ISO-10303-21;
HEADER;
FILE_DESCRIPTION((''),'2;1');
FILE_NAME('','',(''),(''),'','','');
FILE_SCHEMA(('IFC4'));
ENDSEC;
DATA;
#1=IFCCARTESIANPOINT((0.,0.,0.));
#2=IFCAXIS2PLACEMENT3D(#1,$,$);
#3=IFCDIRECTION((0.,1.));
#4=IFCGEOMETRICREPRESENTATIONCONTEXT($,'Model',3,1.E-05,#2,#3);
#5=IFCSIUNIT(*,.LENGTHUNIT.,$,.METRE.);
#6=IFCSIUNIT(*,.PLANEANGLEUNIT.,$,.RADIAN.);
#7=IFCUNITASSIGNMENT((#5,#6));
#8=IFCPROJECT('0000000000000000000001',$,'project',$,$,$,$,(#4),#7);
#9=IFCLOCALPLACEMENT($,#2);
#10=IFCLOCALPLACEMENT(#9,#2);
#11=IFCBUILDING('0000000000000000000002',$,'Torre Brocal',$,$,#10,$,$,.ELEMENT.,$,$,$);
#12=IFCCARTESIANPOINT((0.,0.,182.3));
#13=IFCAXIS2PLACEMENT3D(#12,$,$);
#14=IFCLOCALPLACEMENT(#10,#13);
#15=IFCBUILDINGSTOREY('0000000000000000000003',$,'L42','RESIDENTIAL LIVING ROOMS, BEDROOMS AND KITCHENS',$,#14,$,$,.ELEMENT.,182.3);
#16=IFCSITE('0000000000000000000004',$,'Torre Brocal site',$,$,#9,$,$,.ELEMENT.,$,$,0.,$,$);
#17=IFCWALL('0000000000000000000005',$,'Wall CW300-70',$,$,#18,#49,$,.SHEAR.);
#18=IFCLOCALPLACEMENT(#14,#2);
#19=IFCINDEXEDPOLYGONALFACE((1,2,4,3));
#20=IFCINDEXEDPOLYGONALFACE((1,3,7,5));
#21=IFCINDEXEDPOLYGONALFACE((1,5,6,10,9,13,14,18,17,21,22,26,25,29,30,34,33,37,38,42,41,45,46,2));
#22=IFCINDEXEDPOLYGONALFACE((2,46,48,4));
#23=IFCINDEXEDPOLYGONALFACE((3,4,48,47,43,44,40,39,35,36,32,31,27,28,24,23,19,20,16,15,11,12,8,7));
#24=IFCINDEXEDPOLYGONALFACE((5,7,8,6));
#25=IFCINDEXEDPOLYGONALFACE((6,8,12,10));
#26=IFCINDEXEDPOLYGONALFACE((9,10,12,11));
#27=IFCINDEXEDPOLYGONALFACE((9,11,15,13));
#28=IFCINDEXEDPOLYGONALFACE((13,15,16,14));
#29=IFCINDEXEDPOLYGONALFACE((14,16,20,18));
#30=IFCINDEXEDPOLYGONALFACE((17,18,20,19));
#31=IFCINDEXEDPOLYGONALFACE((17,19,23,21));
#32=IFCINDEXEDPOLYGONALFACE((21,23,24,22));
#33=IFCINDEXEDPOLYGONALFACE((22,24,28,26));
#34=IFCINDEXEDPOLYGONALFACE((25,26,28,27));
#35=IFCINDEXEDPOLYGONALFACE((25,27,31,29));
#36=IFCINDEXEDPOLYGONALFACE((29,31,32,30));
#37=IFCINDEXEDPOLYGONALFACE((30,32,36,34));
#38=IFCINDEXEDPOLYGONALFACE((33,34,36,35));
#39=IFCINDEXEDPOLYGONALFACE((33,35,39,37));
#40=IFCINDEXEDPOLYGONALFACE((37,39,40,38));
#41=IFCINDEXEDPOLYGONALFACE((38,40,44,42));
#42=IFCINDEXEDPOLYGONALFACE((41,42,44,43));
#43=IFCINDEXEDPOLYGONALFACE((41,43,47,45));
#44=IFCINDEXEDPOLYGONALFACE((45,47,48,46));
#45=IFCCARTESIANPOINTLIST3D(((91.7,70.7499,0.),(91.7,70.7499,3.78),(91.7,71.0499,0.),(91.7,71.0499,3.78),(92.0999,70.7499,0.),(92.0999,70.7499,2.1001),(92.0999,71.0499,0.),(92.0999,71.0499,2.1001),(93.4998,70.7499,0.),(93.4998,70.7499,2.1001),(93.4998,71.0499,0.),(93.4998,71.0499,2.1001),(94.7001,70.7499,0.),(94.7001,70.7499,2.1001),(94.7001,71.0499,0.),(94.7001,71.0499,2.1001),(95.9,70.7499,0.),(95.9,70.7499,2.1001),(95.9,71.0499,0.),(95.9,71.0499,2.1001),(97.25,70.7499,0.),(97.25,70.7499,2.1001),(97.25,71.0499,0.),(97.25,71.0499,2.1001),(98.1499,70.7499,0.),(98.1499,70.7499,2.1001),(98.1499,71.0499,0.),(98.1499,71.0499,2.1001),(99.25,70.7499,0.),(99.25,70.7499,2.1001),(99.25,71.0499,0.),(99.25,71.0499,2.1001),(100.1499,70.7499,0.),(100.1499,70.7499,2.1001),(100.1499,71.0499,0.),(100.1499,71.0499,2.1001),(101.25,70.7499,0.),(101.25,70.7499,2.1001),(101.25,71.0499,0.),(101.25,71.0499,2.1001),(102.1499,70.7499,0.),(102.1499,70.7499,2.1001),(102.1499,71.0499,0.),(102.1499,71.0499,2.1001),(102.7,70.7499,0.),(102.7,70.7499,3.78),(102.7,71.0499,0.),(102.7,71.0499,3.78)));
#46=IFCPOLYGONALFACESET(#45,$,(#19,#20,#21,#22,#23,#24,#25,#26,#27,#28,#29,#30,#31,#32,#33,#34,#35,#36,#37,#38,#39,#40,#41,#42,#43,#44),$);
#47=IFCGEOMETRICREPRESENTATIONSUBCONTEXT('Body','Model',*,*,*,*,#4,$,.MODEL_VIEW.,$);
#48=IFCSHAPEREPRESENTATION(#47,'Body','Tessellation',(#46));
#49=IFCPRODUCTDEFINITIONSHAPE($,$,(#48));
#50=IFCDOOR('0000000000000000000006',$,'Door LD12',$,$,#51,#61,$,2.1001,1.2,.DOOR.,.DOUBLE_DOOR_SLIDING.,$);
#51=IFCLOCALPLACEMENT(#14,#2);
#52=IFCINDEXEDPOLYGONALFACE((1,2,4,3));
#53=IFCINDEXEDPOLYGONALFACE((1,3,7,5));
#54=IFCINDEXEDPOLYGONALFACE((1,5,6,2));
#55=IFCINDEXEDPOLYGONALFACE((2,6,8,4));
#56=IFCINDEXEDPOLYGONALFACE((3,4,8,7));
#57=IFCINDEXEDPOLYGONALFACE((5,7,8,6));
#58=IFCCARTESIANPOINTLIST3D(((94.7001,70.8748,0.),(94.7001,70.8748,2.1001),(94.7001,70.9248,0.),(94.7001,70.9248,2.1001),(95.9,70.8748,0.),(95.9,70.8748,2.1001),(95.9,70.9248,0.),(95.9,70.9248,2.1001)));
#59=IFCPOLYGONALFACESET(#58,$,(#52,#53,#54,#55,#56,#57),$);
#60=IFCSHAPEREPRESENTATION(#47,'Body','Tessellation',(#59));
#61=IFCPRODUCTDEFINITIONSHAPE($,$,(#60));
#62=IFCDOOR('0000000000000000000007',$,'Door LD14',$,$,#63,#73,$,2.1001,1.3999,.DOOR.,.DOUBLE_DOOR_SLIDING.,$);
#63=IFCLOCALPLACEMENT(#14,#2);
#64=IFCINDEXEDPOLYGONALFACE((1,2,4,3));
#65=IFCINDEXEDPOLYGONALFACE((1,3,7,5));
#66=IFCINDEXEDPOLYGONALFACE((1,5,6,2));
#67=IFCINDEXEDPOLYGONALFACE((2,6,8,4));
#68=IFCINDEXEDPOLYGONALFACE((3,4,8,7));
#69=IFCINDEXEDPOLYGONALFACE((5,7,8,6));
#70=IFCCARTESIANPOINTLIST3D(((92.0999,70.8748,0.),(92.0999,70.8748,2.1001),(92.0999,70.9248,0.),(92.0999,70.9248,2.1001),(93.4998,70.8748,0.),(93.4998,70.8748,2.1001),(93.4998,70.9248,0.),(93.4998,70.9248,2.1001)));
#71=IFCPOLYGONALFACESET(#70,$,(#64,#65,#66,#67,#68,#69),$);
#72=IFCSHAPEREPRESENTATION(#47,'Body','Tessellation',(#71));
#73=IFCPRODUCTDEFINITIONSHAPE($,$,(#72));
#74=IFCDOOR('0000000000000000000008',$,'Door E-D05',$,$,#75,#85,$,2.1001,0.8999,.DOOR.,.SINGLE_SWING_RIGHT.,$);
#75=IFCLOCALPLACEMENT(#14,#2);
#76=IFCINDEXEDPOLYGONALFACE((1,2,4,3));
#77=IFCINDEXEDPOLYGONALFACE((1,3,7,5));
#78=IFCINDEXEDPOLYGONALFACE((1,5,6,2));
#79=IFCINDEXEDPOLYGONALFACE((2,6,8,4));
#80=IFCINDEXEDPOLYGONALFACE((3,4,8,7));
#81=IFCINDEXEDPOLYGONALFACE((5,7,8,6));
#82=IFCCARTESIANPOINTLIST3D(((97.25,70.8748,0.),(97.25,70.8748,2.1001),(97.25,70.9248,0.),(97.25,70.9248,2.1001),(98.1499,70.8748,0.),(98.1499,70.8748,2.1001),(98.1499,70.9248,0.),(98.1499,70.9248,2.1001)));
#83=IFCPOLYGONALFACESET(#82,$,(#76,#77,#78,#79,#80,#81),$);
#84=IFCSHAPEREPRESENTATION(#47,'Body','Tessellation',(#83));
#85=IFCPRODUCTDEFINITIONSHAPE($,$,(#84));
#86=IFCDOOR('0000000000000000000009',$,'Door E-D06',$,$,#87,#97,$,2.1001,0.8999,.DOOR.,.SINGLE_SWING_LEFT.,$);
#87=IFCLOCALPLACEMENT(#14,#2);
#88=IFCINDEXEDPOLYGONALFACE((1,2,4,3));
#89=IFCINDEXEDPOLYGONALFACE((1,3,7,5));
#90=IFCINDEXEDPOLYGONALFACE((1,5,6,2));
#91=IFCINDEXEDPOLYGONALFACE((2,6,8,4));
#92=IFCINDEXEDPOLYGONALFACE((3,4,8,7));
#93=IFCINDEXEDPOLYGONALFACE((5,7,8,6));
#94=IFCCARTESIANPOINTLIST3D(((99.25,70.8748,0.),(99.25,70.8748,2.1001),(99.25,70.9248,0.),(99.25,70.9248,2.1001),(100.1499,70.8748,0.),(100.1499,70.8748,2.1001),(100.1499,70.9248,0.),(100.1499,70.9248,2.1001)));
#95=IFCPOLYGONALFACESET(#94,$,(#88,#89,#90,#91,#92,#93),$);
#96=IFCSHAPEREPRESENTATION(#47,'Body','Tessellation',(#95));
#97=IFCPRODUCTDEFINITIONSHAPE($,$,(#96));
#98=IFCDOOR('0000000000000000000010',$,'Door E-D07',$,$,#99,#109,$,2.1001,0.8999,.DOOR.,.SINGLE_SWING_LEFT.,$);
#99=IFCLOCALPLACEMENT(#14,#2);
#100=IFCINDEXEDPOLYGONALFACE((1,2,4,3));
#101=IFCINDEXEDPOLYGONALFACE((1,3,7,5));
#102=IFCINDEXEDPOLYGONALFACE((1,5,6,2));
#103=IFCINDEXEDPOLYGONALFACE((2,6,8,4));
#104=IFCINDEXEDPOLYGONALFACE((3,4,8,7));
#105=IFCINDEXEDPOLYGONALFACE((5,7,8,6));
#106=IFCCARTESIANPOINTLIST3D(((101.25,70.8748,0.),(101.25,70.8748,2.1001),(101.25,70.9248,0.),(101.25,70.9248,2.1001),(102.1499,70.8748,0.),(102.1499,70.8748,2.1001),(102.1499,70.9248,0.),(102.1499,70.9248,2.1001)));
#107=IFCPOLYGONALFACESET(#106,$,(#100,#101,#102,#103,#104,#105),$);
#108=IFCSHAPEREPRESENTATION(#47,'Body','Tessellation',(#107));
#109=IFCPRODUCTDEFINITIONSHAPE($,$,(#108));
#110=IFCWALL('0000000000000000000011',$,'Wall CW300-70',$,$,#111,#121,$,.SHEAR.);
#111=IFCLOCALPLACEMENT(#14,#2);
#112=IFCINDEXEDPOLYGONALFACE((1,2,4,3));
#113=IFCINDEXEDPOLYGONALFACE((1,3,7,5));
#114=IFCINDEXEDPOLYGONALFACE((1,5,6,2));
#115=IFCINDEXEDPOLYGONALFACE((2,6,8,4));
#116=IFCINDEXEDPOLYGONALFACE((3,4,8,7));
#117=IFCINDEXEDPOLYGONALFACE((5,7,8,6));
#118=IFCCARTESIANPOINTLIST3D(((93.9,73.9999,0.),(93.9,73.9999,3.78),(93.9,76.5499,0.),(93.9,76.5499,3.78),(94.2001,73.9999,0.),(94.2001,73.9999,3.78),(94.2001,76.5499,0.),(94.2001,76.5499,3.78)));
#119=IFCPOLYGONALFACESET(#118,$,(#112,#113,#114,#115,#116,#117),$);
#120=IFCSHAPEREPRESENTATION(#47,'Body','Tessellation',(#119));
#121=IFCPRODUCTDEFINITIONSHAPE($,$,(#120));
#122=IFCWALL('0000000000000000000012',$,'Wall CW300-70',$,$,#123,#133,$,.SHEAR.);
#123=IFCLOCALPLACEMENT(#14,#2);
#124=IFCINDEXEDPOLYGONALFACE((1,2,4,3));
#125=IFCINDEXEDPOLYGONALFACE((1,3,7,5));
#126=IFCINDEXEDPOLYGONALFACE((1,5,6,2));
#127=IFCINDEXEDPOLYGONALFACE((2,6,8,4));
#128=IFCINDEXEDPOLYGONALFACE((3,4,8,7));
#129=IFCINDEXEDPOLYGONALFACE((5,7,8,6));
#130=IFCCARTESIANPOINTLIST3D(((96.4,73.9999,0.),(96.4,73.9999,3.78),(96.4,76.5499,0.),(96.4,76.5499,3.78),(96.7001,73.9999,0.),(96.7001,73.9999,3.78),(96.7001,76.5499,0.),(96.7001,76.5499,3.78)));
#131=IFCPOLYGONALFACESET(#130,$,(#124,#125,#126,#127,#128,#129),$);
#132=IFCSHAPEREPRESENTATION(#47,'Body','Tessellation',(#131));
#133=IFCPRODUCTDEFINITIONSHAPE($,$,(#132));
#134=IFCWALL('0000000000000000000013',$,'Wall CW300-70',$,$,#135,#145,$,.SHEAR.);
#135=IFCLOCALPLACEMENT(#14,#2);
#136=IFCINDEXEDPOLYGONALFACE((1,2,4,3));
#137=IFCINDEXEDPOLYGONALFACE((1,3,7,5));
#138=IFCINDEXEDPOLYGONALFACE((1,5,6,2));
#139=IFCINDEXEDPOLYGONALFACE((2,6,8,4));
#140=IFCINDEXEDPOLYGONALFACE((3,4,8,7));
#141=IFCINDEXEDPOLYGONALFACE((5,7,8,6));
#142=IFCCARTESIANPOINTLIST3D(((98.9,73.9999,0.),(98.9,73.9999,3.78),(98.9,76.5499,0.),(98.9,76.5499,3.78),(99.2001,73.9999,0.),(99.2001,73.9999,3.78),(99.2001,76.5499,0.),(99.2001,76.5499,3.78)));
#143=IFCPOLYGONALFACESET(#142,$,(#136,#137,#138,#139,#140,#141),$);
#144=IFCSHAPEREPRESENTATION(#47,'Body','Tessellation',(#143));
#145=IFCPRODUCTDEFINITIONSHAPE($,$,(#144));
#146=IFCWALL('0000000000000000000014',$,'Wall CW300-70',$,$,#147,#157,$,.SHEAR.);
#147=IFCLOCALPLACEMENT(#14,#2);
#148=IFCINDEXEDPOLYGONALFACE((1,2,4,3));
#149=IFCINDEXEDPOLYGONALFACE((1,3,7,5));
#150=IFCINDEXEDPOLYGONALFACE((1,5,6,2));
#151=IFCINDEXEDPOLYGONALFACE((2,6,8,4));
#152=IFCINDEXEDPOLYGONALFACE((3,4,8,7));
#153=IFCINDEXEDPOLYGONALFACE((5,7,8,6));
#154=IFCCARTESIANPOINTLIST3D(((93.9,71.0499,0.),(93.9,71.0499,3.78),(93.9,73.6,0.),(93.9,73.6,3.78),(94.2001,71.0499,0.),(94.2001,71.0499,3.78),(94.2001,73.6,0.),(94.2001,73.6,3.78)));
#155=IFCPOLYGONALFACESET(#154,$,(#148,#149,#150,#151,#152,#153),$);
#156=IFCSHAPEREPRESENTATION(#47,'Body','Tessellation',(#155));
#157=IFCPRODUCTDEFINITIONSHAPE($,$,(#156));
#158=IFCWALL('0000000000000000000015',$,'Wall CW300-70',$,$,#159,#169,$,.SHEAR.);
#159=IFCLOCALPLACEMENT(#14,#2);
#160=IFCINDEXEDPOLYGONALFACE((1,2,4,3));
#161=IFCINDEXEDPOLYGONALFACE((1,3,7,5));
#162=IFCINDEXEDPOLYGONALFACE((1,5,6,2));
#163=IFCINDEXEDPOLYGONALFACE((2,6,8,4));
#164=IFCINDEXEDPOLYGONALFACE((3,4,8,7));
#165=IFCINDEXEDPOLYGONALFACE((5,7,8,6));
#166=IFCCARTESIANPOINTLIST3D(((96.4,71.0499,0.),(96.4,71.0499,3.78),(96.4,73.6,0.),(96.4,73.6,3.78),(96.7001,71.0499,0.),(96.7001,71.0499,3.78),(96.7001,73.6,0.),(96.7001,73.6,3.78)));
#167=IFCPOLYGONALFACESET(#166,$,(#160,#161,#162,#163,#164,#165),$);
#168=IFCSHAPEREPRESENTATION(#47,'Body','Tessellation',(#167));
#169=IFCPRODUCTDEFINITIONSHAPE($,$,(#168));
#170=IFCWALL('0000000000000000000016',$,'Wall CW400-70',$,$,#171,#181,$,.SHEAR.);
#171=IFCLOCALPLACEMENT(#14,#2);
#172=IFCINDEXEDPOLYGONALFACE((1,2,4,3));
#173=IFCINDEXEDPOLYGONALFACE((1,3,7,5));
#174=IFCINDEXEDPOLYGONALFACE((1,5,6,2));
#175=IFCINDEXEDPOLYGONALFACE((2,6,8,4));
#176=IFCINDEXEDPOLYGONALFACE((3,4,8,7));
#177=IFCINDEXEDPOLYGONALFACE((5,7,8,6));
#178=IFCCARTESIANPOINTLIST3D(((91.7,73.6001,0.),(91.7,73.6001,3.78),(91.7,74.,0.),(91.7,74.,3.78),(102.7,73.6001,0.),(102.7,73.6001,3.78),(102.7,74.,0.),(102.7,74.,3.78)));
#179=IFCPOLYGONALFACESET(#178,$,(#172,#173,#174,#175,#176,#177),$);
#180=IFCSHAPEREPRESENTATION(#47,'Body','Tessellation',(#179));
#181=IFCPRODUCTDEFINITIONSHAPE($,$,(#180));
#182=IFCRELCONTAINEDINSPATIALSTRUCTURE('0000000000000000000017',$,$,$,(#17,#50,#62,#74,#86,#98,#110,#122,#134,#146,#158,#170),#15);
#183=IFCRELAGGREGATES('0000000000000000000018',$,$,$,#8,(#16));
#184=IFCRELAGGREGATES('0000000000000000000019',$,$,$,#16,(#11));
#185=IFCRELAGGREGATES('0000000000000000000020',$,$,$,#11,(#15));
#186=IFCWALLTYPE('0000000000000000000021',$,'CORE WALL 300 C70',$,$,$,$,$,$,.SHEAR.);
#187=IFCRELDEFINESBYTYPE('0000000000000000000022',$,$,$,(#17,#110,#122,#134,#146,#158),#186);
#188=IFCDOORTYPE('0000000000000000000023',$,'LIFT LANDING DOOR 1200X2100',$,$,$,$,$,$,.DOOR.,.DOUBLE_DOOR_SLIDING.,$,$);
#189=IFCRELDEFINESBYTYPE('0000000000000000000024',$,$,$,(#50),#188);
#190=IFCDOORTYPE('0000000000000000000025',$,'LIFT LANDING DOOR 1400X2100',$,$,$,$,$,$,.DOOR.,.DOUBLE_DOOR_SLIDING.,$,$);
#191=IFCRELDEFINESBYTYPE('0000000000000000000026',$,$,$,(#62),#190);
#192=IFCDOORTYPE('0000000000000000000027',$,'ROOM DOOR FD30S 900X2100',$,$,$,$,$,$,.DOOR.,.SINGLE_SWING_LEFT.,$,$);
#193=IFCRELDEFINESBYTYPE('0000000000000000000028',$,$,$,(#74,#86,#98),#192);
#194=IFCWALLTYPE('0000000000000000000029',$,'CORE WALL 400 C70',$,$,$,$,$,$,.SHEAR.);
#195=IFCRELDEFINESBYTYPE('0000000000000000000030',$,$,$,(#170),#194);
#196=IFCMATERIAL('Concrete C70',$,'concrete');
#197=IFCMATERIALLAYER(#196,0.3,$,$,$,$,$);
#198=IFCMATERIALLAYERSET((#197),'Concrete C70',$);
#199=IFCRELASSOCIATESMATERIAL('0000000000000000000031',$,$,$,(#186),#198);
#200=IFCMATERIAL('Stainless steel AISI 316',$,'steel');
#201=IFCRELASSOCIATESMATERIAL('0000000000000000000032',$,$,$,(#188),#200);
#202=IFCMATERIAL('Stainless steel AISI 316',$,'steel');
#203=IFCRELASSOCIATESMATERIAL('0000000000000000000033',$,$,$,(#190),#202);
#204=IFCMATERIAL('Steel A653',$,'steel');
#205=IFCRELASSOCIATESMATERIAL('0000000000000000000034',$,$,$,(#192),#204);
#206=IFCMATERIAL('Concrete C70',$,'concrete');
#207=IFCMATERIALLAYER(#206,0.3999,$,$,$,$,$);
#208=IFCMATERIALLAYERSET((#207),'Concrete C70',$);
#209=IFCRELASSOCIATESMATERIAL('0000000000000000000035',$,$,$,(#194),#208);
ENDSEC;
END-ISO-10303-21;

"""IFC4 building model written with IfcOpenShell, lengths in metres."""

from ifc_helpers import new_model, si_unit, direction, frame, frame_2d, origin, place, context, subcontext, project, spatial, rectangle, extrude, material, layer, layer_set, type_object, element, fill, save


model = new_model("IFC4")

# Units and contexts
model_context = context("Model", 3, precision=1e-05, world=origin(), true_north=direction((0.0, 1.0)))
body_context = subcontext(model_context, "Body", "Model", "MODEL_VIEW")
ifc_project = project(units=[si_unit("LENGTHUNIT", "METRE"), si_unit("PLANEANGLEUNIT", "RADIAN")], contexts=[model_context])

# Site, building, storey
site_placement = place(None, origin())
site = spatial("IfcSite", under=ifc_project, at=site_placement, Name="Torre Brocal site", CompositionType="ELEMENT", RefElevation=0.0)
building_placement = place(site_placement, origin())
building = spatial("IfcBuilding", under=site, at=building_placement, Name="Torre Brocal", CompositionType="ELEMENT")
storey_placement = place(building_placement, frame((0.0, 0.0, 182.3)))
storey = spatial("IfcBuildingStorey", under=building, at=storey_placement, Name="L42", Description="RESIDENTIAL LIVING ROOMS, BEDROOMS AND KITCHENS", CompositionType="ELEMENT", Elevation=182.3)

# Shared definitions
ifc_material_1 = material(Name="Concrete C70", Category="concrete")
ifc_layer_1 = layer(ifc_material_1, 0.3)
ifc_layer_set_1 = layer_set([ifc_layer_1], Name="Concrete C70")
wall_type_1 = type_object("IfcWallType", Name="CORE WALL 300 C70", PredefinedType="SHEAR", material=ifc_layer_set_1)

# Wall, openings, doors
wall_1_placement = place(storey_placement, frame((91.7, 70.8999, 0.0), z_axis=(0.0, 0.0, 1.0), x_axis=(1.0, 0.0, 0.0)))
wall_1 = element("IfcWall", 1, at=wall_1_placement, inside=storey, type_object=wall_type_1, Name="Wall CW300-70", PredefinedType="SHEAR", context=body_context, shape_type="SweptSolid", body=[
    extrude(rectangle(XDim=11.0, YDim=0.3, at=frame_2d((5.5, 0.0))), origin(), (0.0, 0.0, 1.0), 3.78),
])
opening_1_placement = place(wall_1_placement, frame((0.3999, 0.0, 0.0)))
opening_1 = element("IfcOpeningElement", 2, at=opening_1_placement, cuts=wall_1, PredefinedType="OPENING", context=body_context, shape_type="SweptSolid", body=[
    extrude(rectangle(XDim=1.3999, YDim=2.1001, at=frame_2d((0.7, 1.05))), frame((0.0, 0.1599, 0.0), z_axis=(0.0, -1.0, 0.0), x_axis=(1.0, 0.0, 0.0)), (0.0, 0.0, 1.0), 0.3201),
])
opening_2_placement = place(wall_1_placement, frame((3.0, 0.0, 0.0)))
opening_2 = element("IfcOpeningElement", 3, at=opening_2_placement, cuts=wall_1, PredefinedType="OPENING", context=body_context, shape_type="SweptSolid", body=[
    extrude(rectangle(XDim=1.2, YDim=2.1001, at=frame_2d((0.6001, 1.05))), frame((0.0, 0.1599, 0.0), z_axis=(0.0, -1.0, 0.0), x_axis=(1.0, 0.0, 0.0)), (0.0, 0.0, 1.0), 0.3201),
])
opening_3_placement = place(wall_1_placement, frame((5.55, 0.0, 0.0)))
opening_3 = element("IfcOpeningElement", 4, at=opening_3_placement, cuts=wall_1, PredefinedType="OPENING", context=body_context, shape_type="SweptSolid", body=[
    extrude(rectangle(XDim=0.8999, YDim=2.1001, at=frame_2d((0.45, 1.05))), frame((0.0, 0.1599, 0.0), z_axis=(0.0, -1.0, 0.0), x_axis=(1.0, 0.0, 0.0)), (0.0, 0.0, 1.0), 0.3201),
])
opening_4_placement = place(wall_1_placement, frame((7.55, 0.0, 0.0)))
opening_4 = element("IfcOpeningElement", 5, at=opening_4_placement, cuts=wall_1, PredefinedType="OPENING", context=body_context, shape_type="SweptSolid", body=[
    extrude(rectangle(XDim=0.8999, YDim=2.1001, at=frame_2d((0.45, 1.05))), frame((0.0, 0.1599, 0.0), z_axis=(0.0, -1.0, 0.0), x_axis=(1.0, 0.0, 0.0)), (0.0, 0.0, 1.0), 0.3201),
])
opening_5_placement = place(wall_1_placement, frame((9.55, 0.0, 0.0)))
opening_5 = element("IfcOpeningElement", 6, at=opening_5_placement, cuts=wall_1, PredefinedType="OPENING", context=body_context, shape_type="SweptSolid", body=[
    extrude(rectangle(XDim=0.8999, YDim=2.1001, at=frame_2d((0.45, 1.05))), frame((0.0, 0.1599, 0.0), z_axis=(0.0, -1.0, 0.0), x_axis=(1.0, 0.0, 0.0)), (0.0, 0.0, 1.0), 0.3201),
])
ifc_material_2 = material(Name="Stainless steel AISI 316", Category="steel")
door_type_1 = type_object("IfcDoorType", Name="LIFT LANDING DOOR 1200X2100", OperationType="DOUBLE_DOOR_SLIDING", PredefinedType="DOOR", material=ifc_material_2)
door_1_placement = place(opening_2_placement, origin())
door_1 = element("IfcDoor", 7, at=door_1_placement, inside=storey, type_object=door_type_1, Name="Door LD12", OperationType="DOUBLE_DOOR_SLIDING", OverallHeight=2.1001, OverallWidth=1.2, PredefinedType="DOOR", context=body_context, shape_type="SweptSolid", body=[
    extrude(rectangle(XDim=1.2, YDim=2.1001, at=frame_2d((0.6001, 1.05))), frame((0.0, 0.0249, 0.0), z_axis=(0.0, -1.0, 0.0), x_axis=(1.0, 0.0, 0.0)), (0.0, 0.0, 1.0), 0.05),
])
fill(opening_2, door_1)
ifc_material_3 = material(Name="Stainless steel AISI 316", Category="steel")
door_type_2 = type_object("IfcDoorType", Name="LIFT LANDING DOOR 1400X2100", OperationType="DOUBLE_DOOR_SLIDING", PredefinedType="DOOR", material=ifc_material_3)
door_2_placement = place(opening_1_placement, origin())
door_2 = element("IfcDoor", 8, at=door_2_placement, inside=storey, type_object=door_type_2, Name="Door LD14", OperationType="DOUBLE_DOOR_SLIDING", OverallHeight=2.1001, OverallWidth=1.3999, PredefinedType="DOOR", context=body_context, shape_type="SweptSolid", body=[
    extrude(rectangle(XDim=1.3999, YDim=2.1001, at=frame_2d((0.7, 1.05))), frame((0.0, 0.0249, 0.0), z_axis=(0.0, -1.0, 0.0), x_axis=(1.0, 0.0, 0.0)), (0.0, 0.0, 1.0), 0.05),
])
fill(opening_1, door_2)
ifc_material_4 = material(Name="Steel A653", Category="steel")
door_type_3 = type_object("IfcDoorType", Name="ROOM DOOR FD30S 900X2100", OperationType="SINGLE_SWING_LEFT", PredefinedType="DOOR", material=ifc_material_4)
door_3_placement = place(opening_3_placement, origin())
door_3 = element("IfcDoor", 9, at=door_3_placement, inside=storey, type_object=door_type_3, Name="Door E-D05", OperationType="SINGLE_SWING_RIGHT", OverallHeight=2.1001, OverallWidth=0.8999, PredefinedType="DOOR", context=body_context, shape_type="SweptSolid", body=[
    extrude(rectangle(XDim=0.8999, YDim=2.1001, at=frame_2d((0.45, 1.05))), frame((0.0, 0.0249, 0.0), z_axis=(0.0, -1.0, 0.0), x_axis=(1.0, 0.0, 0.0)), (0.0, 0.0, 1.0), 0.05),
])
fill(opening_3, door_3)
door_4_placement = place(opening_4_placement, origin())
door_4 = element("IfcDoor", 10, at=door_4_placement, inside=storey, type_object=door_type_3, Name="Door E-D06", OperationType="SINGLE_SWING_LEFT", OverallHeight=2.1001, OverallWidth=0.8999, PredefinedType="DOOR", context=body_context, shape_type="SweptSolid", body=[
    extrude(rectangle(XDim=0.8999, YDim=2.1001, at=frame_2d((0.45, 1.05))), frame((0.0, 0.0249, 0.0), z_axis=(0.0, -1.0, 0.0), x_axis=(1.0, 0.0, 0.0)), (0.0, 0.0, 1.0), 0.05),
])
fill(opening_4, door_4)
door_5_placement = place(opening_5_placement, origin())
door_5 = element("IfcDoor", 11, at=door_5_placement, inside=storey, type_object=door_type_3, Name="Door E-D07", OperationType="SINGLE_SWING_LEFT", OverallHeight=2.1001, OverallWidth=0.8999, PredefinedType="DOOR", context=body_context, shape_type="SweptSolid", body=[
    extrude(rectangle(XDim=0.8999, YDim=2.1001, at=frame_2d((0.45, 1.05))), frame((0.0, 0.0249, 0.0), z_axis=(0.0, -1.0, 0.0), x_axis=(1.0, 0.0, 0.0)), (0.0, 0.0, 1.0), 0.05),
])
fill(opening_5, door_5)

# Walls
for number, where, z_axis, x_axis, name in (
    (12, (94.05, 74.0, 0.0), (0.0, 0.0, 1.0), (0.0, 1.0, 0.0), "Wall CW300-70"),
    (13, (96.55, 74.0, 0.0), (0.0, 0.0, 1.0), (0.0, 1.0, 0.0), "Wall CW300-70"),
    (14, (99.05, 74.0, 0.0), (0.0, 0.0, 1.0), (0.0, 1.0, 0.0), "Wall CW300-70"),
    (15, (94.05, 71.05, 0.0), (0.0, 0.0, 1.0), (0.0, 1.0, 0.0), "Wall CW300-70"),
    (16, (96.55, 71.05, 0.0), (0.0, 0.0, 1.0), (0.0, 1.0, 0.0), "Wall CW300-70"),
):
    element("IfcWall", number, at=place(storey_placement, frame(where, z_axis=z_axis, x_axis=x_axis)), inside=storey, type_object=wall_type_1, Name=name, PredefinedType="SHEAR", context=body_context, shape_type="SweptSolid", body=[
        extrude(rectangle(XDim=2.55, YDim=0.3, at=frame_2d((1.2749, 0.0))), origin(), (0.0, 0.0, 1.0), 3.78),
    ])
ifc_material_5 = material(Name="Concrete C70", Category="concrete")
ifc_layer_2 = layer(ifc_material_5, 0.3999)
ifc_layer_set_2 = layer_set([ifc_layer_2], Name="Concrete C70")
wall_type_2 = type_object("IfcWallType", Name="CORE WALL 400 C70", PredefinedType="SHEAR", material=ifc_layer_set_2)
wall_2_placement = place(storey_placement, frame((91.7, 73.8, 0.0), z_axis=(0.0, 0.0, 1.0), x_axis=(1.0, 0.0, 0.0)))
element("IfcWall", 17, at=wall_2_placement, inside=storey, type_object=wall_type_2, Name="Wall CW400-70", PredefinedType="SHEAR", context=body_context, shape_type="SweptSolid", body=[
    extrude(rectangle(XDim=11.0, YDim=0.3999, at=frame_2d((5.5, 0.0))), origin(), (0.0, 0.0, 1.0), 3.78),
])

save(model, "model.ifc")
